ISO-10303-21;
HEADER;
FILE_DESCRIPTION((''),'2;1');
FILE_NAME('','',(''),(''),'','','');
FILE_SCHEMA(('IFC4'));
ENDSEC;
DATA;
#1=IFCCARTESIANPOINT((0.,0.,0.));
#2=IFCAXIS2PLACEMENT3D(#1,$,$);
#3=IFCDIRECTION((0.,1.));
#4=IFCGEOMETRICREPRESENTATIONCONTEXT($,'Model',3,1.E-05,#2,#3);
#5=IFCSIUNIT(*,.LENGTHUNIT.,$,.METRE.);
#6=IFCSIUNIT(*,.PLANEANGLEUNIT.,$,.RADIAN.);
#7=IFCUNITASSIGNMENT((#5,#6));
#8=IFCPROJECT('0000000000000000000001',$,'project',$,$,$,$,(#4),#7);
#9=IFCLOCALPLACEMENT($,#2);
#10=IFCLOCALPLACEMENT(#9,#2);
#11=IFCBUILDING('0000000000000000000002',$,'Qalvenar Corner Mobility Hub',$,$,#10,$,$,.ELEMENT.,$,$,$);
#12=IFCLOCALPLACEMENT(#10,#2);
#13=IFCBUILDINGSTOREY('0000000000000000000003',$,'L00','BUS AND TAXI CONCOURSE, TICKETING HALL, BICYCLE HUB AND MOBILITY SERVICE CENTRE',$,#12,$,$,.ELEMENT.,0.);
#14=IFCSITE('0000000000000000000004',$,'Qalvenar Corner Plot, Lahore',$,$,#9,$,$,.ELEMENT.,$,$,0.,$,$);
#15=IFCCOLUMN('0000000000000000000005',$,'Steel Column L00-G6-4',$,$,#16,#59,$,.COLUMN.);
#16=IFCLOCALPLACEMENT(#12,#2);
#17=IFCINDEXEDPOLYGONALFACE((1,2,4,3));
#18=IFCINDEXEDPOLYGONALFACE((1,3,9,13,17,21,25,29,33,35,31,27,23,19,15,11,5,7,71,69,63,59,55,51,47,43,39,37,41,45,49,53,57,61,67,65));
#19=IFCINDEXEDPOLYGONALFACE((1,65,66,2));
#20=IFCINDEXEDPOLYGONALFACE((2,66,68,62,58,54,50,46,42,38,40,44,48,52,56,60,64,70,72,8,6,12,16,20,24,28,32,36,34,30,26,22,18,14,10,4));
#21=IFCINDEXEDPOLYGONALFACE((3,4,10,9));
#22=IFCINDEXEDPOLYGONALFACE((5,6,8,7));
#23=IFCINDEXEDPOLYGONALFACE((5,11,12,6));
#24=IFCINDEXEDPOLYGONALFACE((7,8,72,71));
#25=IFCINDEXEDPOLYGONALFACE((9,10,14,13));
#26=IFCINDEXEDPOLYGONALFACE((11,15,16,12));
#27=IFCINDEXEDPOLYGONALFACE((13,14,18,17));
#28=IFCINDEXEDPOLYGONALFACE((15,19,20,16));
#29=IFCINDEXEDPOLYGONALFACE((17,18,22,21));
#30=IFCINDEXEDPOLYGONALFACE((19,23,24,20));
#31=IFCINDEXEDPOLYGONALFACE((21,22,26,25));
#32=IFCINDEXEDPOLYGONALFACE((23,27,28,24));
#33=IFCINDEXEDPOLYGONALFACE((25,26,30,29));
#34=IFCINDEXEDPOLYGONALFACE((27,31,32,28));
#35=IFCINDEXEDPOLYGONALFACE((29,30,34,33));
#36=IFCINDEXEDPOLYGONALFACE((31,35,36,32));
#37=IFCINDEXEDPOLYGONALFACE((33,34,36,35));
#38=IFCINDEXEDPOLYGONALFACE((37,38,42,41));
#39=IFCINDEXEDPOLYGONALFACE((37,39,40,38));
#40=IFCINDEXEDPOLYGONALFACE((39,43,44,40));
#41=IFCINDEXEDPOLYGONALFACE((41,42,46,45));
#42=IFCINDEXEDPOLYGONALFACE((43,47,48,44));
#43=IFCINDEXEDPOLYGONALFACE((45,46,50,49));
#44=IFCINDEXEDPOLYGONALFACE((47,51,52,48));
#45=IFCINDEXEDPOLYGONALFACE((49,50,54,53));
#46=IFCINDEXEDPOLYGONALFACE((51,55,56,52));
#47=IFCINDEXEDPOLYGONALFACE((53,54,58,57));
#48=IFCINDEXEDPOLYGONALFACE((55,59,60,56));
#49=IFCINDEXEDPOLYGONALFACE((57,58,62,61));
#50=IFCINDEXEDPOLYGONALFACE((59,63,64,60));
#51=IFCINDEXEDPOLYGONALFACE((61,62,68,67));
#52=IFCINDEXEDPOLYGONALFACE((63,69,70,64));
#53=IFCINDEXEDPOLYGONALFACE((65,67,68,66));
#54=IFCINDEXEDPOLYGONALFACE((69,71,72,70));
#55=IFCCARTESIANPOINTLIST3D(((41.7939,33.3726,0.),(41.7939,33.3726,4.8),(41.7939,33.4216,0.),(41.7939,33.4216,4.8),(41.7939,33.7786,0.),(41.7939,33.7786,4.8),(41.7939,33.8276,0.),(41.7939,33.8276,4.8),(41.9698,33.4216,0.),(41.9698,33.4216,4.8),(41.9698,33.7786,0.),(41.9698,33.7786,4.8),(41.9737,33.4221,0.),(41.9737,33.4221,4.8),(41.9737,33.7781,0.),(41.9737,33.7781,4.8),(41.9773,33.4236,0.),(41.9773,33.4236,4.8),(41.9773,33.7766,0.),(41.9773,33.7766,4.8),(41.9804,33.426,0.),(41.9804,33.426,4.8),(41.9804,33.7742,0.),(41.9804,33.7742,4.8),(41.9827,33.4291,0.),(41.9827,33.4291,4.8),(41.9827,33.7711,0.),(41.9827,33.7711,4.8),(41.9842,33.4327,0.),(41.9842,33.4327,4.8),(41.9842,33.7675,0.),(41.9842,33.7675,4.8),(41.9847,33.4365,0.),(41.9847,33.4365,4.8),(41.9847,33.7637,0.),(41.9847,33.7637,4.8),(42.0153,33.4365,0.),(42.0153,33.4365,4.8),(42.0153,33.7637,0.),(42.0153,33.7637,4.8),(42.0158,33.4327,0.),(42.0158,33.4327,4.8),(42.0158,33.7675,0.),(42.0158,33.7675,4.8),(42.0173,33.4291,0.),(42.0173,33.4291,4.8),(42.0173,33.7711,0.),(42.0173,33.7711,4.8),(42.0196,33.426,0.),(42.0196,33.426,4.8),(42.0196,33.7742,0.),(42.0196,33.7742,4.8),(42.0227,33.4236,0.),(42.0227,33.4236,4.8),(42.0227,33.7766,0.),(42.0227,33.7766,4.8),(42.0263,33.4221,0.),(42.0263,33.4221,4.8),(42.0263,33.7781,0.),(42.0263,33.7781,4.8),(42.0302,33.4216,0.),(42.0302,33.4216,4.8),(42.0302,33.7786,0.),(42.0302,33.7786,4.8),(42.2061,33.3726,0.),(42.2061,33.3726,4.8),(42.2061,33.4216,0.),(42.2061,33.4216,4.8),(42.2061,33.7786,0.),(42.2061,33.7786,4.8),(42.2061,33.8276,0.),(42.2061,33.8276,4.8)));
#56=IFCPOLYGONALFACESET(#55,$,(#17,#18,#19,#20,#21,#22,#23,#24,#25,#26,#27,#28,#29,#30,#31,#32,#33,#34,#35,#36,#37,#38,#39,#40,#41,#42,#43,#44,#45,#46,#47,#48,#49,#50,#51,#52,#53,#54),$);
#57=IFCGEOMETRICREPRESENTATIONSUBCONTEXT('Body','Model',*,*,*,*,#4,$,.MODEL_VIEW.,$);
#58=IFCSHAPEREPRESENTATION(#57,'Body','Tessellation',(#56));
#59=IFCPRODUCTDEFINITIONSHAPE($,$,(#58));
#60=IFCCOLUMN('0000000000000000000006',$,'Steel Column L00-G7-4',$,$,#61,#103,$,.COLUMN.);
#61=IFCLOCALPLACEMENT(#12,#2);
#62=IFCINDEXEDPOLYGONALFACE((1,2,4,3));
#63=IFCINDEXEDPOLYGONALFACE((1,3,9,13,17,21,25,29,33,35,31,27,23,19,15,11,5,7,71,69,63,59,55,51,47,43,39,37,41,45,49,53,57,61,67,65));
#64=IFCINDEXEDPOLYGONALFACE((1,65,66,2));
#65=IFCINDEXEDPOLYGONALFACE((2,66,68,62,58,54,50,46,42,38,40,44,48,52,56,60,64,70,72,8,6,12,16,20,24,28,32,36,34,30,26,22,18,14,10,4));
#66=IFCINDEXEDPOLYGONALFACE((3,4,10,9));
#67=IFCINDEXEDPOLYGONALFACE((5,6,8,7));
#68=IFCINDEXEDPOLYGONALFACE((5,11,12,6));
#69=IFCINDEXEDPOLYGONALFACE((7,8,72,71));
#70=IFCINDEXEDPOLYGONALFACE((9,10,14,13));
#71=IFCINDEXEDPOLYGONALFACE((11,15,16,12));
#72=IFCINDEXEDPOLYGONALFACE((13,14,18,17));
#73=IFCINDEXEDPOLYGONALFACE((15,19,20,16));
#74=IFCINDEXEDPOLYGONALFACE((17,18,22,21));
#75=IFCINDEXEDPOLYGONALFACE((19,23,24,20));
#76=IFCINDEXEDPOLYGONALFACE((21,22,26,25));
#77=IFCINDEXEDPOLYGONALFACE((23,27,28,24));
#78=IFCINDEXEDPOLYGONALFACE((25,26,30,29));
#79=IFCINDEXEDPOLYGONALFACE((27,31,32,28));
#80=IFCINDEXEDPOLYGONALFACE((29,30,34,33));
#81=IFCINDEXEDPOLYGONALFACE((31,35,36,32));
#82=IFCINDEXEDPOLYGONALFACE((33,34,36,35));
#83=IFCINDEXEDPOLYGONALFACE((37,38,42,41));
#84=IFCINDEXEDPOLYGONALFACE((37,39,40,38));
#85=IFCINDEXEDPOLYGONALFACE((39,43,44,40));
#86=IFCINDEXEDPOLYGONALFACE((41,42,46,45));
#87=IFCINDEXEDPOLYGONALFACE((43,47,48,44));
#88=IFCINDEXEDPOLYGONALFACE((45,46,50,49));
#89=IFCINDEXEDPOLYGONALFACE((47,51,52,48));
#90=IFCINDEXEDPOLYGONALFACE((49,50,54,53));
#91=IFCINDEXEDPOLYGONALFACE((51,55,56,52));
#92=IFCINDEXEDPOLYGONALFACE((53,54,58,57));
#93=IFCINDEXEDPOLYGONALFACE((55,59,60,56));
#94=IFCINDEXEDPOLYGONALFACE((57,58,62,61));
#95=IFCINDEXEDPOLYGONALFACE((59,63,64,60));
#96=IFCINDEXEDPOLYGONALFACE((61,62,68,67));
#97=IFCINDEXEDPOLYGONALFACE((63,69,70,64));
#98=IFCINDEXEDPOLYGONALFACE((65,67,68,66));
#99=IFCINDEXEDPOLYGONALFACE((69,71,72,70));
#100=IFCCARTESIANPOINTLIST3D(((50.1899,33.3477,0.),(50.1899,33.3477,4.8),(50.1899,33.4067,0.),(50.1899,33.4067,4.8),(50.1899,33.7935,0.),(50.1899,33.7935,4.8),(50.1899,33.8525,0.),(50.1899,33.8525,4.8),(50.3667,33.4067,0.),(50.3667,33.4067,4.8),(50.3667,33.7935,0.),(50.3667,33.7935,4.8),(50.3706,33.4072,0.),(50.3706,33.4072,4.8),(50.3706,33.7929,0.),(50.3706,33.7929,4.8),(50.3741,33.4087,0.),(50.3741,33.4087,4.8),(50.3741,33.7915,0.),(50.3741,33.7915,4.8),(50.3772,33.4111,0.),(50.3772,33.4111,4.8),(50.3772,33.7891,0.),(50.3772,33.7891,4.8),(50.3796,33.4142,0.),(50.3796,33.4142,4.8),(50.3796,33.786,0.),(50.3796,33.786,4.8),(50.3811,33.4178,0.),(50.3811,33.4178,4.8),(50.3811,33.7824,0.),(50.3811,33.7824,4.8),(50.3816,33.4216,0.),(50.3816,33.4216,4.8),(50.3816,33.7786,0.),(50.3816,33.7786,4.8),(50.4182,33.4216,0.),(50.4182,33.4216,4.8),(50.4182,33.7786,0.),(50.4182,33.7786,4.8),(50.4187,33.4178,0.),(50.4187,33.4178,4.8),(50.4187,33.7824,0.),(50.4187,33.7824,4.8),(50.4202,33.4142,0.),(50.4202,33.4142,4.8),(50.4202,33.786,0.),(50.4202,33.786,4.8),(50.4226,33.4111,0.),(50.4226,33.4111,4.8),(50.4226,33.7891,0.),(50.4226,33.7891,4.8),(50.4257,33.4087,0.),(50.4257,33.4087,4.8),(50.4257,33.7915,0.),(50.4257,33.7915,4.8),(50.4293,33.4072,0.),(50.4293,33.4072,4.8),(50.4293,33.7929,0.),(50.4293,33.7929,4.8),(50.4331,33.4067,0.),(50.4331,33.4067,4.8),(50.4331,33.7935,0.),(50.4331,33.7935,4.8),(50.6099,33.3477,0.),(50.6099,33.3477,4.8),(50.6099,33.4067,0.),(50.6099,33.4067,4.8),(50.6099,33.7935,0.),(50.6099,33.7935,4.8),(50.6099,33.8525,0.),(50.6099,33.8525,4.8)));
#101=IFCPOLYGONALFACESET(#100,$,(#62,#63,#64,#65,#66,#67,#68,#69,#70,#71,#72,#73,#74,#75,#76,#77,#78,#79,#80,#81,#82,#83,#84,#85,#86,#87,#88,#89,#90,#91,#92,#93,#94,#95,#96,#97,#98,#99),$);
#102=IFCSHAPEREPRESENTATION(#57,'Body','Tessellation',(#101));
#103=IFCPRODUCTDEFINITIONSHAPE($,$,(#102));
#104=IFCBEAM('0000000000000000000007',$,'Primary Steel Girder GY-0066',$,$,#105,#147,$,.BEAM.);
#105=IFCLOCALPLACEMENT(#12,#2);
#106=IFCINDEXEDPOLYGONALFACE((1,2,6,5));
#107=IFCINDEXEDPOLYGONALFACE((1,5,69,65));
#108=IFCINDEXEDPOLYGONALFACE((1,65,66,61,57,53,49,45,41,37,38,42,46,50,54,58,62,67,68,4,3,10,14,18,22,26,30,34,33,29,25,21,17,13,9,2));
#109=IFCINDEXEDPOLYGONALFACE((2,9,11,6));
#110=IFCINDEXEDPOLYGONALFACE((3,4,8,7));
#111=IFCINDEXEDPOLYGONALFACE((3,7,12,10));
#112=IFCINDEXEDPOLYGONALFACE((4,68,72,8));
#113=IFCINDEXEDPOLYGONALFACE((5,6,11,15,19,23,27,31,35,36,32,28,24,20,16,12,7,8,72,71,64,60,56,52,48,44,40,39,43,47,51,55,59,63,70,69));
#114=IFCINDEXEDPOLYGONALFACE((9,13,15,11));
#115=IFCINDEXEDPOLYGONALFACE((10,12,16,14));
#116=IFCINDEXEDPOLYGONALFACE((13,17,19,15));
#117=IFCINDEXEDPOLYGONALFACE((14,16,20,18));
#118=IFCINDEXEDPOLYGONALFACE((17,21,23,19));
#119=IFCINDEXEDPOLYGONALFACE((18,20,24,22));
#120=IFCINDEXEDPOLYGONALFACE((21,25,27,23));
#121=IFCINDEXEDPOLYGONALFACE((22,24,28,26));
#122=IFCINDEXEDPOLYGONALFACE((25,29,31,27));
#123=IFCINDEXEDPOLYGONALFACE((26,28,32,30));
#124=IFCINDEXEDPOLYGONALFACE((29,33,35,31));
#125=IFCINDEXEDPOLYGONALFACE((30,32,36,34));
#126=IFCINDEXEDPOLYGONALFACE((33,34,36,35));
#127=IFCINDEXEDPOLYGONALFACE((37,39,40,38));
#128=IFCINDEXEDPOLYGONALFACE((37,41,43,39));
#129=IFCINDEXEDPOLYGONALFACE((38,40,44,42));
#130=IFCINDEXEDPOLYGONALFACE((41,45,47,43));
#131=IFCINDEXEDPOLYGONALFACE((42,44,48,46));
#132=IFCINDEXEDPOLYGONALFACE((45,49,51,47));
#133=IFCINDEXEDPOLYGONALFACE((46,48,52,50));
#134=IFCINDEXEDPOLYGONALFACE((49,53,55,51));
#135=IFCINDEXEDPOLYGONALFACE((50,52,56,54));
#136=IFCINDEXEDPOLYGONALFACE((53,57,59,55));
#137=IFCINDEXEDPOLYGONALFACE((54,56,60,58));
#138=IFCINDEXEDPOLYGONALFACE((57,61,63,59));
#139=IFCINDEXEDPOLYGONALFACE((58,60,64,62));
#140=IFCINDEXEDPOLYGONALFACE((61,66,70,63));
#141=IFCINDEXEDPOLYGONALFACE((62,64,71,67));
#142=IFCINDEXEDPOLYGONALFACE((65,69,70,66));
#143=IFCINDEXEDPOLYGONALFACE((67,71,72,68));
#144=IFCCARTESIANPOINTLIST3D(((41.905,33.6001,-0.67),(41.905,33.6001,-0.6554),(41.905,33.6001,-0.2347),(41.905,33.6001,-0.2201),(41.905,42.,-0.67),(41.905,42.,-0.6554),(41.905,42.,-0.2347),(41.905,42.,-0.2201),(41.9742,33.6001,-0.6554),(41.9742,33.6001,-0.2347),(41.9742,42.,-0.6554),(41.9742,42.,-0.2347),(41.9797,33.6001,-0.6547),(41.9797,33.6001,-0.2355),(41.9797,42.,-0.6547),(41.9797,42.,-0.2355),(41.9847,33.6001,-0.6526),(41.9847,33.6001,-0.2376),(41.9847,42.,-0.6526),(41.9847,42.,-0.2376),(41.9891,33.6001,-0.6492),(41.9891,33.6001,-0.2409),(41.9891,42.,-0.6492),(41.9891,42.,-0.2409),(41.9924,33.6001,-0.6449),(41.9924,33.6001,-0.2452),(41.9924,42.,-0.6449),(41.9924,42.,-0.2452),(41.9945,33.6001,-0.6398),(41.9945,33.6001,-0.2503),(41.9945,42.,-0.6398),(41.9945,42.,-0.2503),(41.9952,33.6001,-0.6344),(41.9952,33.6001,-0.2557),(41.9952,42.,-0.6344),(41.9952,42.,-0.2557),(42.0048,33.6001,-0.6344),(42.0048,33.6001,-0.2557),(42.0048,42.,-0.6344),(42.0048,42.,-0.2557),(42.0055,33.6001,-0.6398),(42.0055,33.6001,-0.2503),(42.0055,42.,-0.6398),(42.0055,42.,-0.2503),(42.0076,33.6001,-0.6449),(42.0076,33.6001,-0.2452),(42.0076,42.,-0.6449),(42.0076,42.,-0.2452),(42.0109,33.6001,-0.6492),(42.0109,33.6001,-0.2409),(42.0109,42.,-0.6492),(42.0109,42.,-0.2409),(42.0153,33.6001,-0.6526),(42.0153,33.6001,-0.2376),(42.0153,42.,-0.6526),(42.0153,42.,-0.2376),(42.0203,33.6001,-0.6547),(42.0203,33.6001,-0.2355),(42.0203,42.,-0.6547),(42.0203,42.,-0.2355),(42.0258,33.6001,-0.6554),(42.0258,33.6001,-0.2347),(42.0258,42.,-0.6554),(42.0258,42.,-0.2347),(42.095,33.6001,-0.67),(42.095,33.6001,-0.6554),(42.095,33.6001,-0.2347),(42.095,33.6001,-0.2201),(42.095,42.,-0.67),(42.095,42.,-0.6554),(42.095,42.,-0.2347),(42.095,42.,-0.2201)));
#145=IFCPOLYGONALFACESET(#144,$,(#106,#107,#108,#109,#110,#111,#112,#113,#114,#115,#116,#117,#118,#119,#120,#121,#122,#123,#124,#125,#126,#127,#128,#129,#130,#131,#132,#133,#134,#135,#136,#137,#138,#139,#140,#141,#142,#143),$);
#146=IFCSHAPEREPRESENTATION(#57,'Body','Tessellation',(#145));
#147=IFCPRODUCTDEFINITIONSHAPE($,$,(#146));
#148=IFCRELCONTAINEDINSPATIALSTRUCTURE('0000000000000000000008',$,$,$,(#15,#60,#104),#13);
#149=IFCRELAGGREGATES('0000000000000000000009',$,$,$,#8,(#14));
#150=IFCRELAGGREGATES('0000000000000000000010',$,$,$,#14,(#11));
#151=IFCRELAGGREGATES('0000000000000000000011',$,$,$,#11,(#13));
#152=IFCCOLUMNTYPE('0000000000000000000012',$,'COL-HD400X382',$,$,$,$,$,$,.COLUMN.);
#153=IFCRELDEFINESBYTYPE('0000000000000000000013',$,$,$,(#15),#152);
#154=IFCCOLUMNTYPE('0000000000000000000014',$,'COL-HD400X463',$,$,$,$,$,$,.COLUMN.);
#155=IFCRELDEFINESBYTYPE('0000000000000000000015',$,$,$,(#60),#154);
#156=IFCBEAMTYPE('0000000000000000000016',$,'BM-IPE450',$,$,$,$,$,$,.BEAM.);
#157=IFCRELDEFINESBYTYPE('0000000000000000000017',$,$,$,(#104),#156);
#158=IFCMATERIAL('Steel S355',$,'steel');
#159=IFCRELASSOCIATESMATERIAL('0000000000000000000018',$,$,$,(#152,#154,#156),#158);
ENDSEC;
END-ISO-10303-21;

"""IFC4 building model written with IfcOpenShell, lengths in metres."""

from ifc_helpers import new_model, si_unit, direction, frame, origin, origin_2d, place, context, subcontext, project, spatial, i_section, extrude, material, material_profile, profile_set, type_object, element, save


model = new_model("IFC4")

# Units and contexts
model_context = context("Model", 3, precision=1e-05, world=origin(), true_north=direction((0.0, 1.0)))
body_context = subcontext(model_context, "Body", "Model", "MODEL_VIEW")
ifc_project = project(units=[si_unit("LENGTHUNIT", "METRE"), si_unit("PLANEANGLEUNIT", "RADIAN")], contexts=[model_context])

# Site, building, storey
site_placement = place(None, origin())
site = spatial("IfcSite", under=ifc_project, at=site_placement, Name="Qalvenar Corner Plot, Lahore", CompositionType="ELEMENT", RefElevation=0.0)
building_placement = place(site_placement, origin())
building = spatial("IfcBuilding", under=site, at=building_placement, Name="Qalvenar Corner Mobility Hub", CompositionType="ELEMENT")
storey_placement = place(building_placement, origin())
storey = spatial("IfcBuildingStorey", under=building, at=storey_placement, Name="L00", Description="BUS AND TAXI CONCOURSE, TICKETING HALL, BICYCLE HUB AND MOBILITY SERVICE CENTRE", CompositionType="ELEMENT", Elevation=0.0)

# Columns
ifc_material_1 = material(Name="Steel S355", Category="steel")
ifc_material_profile_1 = material_profile(ifc_material_1, i_section(OverallWidth=0.4121, OverallDepth=0.4551, WebThickness=0.0305, FlangeThickness=0.0491, FilletRadius=0.0149, at=origin_2d()), Name="HD400x421")
ifc_profile_set_1 = profile_set([ifc_material_profile_1], Name="Steel S355")
column_type_1 = type_object("IfcColumnType", Name="COL-HD400X382", PredefinedType="COLUMN", material=ifc_profile_set_1)
column_1_placement = place(storey_placement, frame((42.0, 33.6001, 0.0), z_axis=(0.0, 0.0, 1.0), x_axis=(1.0, 0.0, 0.0)))
element("IfcColumn", 1, at=column_1_placement, inside=storey, type_object=column_type_1, Name="Steel Column L00-G6-4", PredefinedType="COLUMN", context=body_context, shape_type="SweptSolid", body=[
    extrude(i_section(OverallWidth=0.4121, OverallDepth=0.4551, WebThickness=0.0305, FlangeThickness=0.0491, FilletRadius=0.0149, at=origin_2d()), origin(), (0.0, 0.0, 1.0), 4.8),
])
ifc_material_profile_2 = material_profile(ifc_material_1, i_section(OverallWidth=0.4199, OverallDepth=0.5049, WebThickness=0.0366, FlangeThickness=0.0591, FilletRadius=0.0149, at=origin_2d()), Name="HD400x551")
ifc_profile_set_2 = profile_set([ifc_material_profile_2], Name="Steel S355")
column_type_2 = type_object("IfcColumnType", Name="COL-HD400X463", PredefinedType="COLUMN", material=ifc_profile_set_2)
column_2_placement = place(storey_placement, frame((50.3999, 33.6001, 0.0), z_axis=(0.0, 0.0, 1.0), x_axis=(1.0, 0.0, 0.0)))
element("IfcColumn", 2, at=column_2_placement, inside=storey, type_object=column_type_2, Name="Steel Column L00-G7-4", PredefinedType="COLUMN", context=body_context, shape_type="SweptSolid", body=[
    extrude(i_section(OverallWidth=0.4199, OverallDepth=0.5049, WebThickness=0.0366, FlangeThickness=0.0591, FilletRadius=0.0149, at=origin_2d()), origin(), (0.0, 0.0, 1.0), 4.8),
])

# Beam
ifc_material_profile_3 = material_profile(ifc_material_1, i_section(OverallWidth=0.1899, OverallDepth=0.45, WebThickness=0.0095, FlangeThickness=0.0146, FilletRadius=0.021, at=origin_2d()), Name="IPE450")
ifc_profile_set_3 = profile_set([ifc_material_profile_3], Name="Steel S355")
beam_type_1 = type_object("IfcBeamType", Name="BM-IPE450", PredefinedType="BEAM", material=ifc_profile_set_3)
beam_1_placement = place(storey_placement, frame((42.0, 33.6001, -0.4451), z_axis=(0.0, 1.0, 0.0), x_axis=(-1.0, 0.0, 0.0)))
element("IfcBeam", 3, at=beam_1_placement, inside=storey, type_object=beam_type_1, Name="Primary Steel Girder GY-0066", PredefinedType="BEAM", context=body_context, shape_type="SweptSolid", body=[
    extrude(i_section(OverallWidth=0.1899, OverallDepth=0.45, WebThickness=0.0095, FlangeThickness=0.0146, FilletRadius=0.021, at=origin_2d()), origin(), (0.0, 0.0, 1.0), 8.3999),
])

save(model, "model.ifc")
